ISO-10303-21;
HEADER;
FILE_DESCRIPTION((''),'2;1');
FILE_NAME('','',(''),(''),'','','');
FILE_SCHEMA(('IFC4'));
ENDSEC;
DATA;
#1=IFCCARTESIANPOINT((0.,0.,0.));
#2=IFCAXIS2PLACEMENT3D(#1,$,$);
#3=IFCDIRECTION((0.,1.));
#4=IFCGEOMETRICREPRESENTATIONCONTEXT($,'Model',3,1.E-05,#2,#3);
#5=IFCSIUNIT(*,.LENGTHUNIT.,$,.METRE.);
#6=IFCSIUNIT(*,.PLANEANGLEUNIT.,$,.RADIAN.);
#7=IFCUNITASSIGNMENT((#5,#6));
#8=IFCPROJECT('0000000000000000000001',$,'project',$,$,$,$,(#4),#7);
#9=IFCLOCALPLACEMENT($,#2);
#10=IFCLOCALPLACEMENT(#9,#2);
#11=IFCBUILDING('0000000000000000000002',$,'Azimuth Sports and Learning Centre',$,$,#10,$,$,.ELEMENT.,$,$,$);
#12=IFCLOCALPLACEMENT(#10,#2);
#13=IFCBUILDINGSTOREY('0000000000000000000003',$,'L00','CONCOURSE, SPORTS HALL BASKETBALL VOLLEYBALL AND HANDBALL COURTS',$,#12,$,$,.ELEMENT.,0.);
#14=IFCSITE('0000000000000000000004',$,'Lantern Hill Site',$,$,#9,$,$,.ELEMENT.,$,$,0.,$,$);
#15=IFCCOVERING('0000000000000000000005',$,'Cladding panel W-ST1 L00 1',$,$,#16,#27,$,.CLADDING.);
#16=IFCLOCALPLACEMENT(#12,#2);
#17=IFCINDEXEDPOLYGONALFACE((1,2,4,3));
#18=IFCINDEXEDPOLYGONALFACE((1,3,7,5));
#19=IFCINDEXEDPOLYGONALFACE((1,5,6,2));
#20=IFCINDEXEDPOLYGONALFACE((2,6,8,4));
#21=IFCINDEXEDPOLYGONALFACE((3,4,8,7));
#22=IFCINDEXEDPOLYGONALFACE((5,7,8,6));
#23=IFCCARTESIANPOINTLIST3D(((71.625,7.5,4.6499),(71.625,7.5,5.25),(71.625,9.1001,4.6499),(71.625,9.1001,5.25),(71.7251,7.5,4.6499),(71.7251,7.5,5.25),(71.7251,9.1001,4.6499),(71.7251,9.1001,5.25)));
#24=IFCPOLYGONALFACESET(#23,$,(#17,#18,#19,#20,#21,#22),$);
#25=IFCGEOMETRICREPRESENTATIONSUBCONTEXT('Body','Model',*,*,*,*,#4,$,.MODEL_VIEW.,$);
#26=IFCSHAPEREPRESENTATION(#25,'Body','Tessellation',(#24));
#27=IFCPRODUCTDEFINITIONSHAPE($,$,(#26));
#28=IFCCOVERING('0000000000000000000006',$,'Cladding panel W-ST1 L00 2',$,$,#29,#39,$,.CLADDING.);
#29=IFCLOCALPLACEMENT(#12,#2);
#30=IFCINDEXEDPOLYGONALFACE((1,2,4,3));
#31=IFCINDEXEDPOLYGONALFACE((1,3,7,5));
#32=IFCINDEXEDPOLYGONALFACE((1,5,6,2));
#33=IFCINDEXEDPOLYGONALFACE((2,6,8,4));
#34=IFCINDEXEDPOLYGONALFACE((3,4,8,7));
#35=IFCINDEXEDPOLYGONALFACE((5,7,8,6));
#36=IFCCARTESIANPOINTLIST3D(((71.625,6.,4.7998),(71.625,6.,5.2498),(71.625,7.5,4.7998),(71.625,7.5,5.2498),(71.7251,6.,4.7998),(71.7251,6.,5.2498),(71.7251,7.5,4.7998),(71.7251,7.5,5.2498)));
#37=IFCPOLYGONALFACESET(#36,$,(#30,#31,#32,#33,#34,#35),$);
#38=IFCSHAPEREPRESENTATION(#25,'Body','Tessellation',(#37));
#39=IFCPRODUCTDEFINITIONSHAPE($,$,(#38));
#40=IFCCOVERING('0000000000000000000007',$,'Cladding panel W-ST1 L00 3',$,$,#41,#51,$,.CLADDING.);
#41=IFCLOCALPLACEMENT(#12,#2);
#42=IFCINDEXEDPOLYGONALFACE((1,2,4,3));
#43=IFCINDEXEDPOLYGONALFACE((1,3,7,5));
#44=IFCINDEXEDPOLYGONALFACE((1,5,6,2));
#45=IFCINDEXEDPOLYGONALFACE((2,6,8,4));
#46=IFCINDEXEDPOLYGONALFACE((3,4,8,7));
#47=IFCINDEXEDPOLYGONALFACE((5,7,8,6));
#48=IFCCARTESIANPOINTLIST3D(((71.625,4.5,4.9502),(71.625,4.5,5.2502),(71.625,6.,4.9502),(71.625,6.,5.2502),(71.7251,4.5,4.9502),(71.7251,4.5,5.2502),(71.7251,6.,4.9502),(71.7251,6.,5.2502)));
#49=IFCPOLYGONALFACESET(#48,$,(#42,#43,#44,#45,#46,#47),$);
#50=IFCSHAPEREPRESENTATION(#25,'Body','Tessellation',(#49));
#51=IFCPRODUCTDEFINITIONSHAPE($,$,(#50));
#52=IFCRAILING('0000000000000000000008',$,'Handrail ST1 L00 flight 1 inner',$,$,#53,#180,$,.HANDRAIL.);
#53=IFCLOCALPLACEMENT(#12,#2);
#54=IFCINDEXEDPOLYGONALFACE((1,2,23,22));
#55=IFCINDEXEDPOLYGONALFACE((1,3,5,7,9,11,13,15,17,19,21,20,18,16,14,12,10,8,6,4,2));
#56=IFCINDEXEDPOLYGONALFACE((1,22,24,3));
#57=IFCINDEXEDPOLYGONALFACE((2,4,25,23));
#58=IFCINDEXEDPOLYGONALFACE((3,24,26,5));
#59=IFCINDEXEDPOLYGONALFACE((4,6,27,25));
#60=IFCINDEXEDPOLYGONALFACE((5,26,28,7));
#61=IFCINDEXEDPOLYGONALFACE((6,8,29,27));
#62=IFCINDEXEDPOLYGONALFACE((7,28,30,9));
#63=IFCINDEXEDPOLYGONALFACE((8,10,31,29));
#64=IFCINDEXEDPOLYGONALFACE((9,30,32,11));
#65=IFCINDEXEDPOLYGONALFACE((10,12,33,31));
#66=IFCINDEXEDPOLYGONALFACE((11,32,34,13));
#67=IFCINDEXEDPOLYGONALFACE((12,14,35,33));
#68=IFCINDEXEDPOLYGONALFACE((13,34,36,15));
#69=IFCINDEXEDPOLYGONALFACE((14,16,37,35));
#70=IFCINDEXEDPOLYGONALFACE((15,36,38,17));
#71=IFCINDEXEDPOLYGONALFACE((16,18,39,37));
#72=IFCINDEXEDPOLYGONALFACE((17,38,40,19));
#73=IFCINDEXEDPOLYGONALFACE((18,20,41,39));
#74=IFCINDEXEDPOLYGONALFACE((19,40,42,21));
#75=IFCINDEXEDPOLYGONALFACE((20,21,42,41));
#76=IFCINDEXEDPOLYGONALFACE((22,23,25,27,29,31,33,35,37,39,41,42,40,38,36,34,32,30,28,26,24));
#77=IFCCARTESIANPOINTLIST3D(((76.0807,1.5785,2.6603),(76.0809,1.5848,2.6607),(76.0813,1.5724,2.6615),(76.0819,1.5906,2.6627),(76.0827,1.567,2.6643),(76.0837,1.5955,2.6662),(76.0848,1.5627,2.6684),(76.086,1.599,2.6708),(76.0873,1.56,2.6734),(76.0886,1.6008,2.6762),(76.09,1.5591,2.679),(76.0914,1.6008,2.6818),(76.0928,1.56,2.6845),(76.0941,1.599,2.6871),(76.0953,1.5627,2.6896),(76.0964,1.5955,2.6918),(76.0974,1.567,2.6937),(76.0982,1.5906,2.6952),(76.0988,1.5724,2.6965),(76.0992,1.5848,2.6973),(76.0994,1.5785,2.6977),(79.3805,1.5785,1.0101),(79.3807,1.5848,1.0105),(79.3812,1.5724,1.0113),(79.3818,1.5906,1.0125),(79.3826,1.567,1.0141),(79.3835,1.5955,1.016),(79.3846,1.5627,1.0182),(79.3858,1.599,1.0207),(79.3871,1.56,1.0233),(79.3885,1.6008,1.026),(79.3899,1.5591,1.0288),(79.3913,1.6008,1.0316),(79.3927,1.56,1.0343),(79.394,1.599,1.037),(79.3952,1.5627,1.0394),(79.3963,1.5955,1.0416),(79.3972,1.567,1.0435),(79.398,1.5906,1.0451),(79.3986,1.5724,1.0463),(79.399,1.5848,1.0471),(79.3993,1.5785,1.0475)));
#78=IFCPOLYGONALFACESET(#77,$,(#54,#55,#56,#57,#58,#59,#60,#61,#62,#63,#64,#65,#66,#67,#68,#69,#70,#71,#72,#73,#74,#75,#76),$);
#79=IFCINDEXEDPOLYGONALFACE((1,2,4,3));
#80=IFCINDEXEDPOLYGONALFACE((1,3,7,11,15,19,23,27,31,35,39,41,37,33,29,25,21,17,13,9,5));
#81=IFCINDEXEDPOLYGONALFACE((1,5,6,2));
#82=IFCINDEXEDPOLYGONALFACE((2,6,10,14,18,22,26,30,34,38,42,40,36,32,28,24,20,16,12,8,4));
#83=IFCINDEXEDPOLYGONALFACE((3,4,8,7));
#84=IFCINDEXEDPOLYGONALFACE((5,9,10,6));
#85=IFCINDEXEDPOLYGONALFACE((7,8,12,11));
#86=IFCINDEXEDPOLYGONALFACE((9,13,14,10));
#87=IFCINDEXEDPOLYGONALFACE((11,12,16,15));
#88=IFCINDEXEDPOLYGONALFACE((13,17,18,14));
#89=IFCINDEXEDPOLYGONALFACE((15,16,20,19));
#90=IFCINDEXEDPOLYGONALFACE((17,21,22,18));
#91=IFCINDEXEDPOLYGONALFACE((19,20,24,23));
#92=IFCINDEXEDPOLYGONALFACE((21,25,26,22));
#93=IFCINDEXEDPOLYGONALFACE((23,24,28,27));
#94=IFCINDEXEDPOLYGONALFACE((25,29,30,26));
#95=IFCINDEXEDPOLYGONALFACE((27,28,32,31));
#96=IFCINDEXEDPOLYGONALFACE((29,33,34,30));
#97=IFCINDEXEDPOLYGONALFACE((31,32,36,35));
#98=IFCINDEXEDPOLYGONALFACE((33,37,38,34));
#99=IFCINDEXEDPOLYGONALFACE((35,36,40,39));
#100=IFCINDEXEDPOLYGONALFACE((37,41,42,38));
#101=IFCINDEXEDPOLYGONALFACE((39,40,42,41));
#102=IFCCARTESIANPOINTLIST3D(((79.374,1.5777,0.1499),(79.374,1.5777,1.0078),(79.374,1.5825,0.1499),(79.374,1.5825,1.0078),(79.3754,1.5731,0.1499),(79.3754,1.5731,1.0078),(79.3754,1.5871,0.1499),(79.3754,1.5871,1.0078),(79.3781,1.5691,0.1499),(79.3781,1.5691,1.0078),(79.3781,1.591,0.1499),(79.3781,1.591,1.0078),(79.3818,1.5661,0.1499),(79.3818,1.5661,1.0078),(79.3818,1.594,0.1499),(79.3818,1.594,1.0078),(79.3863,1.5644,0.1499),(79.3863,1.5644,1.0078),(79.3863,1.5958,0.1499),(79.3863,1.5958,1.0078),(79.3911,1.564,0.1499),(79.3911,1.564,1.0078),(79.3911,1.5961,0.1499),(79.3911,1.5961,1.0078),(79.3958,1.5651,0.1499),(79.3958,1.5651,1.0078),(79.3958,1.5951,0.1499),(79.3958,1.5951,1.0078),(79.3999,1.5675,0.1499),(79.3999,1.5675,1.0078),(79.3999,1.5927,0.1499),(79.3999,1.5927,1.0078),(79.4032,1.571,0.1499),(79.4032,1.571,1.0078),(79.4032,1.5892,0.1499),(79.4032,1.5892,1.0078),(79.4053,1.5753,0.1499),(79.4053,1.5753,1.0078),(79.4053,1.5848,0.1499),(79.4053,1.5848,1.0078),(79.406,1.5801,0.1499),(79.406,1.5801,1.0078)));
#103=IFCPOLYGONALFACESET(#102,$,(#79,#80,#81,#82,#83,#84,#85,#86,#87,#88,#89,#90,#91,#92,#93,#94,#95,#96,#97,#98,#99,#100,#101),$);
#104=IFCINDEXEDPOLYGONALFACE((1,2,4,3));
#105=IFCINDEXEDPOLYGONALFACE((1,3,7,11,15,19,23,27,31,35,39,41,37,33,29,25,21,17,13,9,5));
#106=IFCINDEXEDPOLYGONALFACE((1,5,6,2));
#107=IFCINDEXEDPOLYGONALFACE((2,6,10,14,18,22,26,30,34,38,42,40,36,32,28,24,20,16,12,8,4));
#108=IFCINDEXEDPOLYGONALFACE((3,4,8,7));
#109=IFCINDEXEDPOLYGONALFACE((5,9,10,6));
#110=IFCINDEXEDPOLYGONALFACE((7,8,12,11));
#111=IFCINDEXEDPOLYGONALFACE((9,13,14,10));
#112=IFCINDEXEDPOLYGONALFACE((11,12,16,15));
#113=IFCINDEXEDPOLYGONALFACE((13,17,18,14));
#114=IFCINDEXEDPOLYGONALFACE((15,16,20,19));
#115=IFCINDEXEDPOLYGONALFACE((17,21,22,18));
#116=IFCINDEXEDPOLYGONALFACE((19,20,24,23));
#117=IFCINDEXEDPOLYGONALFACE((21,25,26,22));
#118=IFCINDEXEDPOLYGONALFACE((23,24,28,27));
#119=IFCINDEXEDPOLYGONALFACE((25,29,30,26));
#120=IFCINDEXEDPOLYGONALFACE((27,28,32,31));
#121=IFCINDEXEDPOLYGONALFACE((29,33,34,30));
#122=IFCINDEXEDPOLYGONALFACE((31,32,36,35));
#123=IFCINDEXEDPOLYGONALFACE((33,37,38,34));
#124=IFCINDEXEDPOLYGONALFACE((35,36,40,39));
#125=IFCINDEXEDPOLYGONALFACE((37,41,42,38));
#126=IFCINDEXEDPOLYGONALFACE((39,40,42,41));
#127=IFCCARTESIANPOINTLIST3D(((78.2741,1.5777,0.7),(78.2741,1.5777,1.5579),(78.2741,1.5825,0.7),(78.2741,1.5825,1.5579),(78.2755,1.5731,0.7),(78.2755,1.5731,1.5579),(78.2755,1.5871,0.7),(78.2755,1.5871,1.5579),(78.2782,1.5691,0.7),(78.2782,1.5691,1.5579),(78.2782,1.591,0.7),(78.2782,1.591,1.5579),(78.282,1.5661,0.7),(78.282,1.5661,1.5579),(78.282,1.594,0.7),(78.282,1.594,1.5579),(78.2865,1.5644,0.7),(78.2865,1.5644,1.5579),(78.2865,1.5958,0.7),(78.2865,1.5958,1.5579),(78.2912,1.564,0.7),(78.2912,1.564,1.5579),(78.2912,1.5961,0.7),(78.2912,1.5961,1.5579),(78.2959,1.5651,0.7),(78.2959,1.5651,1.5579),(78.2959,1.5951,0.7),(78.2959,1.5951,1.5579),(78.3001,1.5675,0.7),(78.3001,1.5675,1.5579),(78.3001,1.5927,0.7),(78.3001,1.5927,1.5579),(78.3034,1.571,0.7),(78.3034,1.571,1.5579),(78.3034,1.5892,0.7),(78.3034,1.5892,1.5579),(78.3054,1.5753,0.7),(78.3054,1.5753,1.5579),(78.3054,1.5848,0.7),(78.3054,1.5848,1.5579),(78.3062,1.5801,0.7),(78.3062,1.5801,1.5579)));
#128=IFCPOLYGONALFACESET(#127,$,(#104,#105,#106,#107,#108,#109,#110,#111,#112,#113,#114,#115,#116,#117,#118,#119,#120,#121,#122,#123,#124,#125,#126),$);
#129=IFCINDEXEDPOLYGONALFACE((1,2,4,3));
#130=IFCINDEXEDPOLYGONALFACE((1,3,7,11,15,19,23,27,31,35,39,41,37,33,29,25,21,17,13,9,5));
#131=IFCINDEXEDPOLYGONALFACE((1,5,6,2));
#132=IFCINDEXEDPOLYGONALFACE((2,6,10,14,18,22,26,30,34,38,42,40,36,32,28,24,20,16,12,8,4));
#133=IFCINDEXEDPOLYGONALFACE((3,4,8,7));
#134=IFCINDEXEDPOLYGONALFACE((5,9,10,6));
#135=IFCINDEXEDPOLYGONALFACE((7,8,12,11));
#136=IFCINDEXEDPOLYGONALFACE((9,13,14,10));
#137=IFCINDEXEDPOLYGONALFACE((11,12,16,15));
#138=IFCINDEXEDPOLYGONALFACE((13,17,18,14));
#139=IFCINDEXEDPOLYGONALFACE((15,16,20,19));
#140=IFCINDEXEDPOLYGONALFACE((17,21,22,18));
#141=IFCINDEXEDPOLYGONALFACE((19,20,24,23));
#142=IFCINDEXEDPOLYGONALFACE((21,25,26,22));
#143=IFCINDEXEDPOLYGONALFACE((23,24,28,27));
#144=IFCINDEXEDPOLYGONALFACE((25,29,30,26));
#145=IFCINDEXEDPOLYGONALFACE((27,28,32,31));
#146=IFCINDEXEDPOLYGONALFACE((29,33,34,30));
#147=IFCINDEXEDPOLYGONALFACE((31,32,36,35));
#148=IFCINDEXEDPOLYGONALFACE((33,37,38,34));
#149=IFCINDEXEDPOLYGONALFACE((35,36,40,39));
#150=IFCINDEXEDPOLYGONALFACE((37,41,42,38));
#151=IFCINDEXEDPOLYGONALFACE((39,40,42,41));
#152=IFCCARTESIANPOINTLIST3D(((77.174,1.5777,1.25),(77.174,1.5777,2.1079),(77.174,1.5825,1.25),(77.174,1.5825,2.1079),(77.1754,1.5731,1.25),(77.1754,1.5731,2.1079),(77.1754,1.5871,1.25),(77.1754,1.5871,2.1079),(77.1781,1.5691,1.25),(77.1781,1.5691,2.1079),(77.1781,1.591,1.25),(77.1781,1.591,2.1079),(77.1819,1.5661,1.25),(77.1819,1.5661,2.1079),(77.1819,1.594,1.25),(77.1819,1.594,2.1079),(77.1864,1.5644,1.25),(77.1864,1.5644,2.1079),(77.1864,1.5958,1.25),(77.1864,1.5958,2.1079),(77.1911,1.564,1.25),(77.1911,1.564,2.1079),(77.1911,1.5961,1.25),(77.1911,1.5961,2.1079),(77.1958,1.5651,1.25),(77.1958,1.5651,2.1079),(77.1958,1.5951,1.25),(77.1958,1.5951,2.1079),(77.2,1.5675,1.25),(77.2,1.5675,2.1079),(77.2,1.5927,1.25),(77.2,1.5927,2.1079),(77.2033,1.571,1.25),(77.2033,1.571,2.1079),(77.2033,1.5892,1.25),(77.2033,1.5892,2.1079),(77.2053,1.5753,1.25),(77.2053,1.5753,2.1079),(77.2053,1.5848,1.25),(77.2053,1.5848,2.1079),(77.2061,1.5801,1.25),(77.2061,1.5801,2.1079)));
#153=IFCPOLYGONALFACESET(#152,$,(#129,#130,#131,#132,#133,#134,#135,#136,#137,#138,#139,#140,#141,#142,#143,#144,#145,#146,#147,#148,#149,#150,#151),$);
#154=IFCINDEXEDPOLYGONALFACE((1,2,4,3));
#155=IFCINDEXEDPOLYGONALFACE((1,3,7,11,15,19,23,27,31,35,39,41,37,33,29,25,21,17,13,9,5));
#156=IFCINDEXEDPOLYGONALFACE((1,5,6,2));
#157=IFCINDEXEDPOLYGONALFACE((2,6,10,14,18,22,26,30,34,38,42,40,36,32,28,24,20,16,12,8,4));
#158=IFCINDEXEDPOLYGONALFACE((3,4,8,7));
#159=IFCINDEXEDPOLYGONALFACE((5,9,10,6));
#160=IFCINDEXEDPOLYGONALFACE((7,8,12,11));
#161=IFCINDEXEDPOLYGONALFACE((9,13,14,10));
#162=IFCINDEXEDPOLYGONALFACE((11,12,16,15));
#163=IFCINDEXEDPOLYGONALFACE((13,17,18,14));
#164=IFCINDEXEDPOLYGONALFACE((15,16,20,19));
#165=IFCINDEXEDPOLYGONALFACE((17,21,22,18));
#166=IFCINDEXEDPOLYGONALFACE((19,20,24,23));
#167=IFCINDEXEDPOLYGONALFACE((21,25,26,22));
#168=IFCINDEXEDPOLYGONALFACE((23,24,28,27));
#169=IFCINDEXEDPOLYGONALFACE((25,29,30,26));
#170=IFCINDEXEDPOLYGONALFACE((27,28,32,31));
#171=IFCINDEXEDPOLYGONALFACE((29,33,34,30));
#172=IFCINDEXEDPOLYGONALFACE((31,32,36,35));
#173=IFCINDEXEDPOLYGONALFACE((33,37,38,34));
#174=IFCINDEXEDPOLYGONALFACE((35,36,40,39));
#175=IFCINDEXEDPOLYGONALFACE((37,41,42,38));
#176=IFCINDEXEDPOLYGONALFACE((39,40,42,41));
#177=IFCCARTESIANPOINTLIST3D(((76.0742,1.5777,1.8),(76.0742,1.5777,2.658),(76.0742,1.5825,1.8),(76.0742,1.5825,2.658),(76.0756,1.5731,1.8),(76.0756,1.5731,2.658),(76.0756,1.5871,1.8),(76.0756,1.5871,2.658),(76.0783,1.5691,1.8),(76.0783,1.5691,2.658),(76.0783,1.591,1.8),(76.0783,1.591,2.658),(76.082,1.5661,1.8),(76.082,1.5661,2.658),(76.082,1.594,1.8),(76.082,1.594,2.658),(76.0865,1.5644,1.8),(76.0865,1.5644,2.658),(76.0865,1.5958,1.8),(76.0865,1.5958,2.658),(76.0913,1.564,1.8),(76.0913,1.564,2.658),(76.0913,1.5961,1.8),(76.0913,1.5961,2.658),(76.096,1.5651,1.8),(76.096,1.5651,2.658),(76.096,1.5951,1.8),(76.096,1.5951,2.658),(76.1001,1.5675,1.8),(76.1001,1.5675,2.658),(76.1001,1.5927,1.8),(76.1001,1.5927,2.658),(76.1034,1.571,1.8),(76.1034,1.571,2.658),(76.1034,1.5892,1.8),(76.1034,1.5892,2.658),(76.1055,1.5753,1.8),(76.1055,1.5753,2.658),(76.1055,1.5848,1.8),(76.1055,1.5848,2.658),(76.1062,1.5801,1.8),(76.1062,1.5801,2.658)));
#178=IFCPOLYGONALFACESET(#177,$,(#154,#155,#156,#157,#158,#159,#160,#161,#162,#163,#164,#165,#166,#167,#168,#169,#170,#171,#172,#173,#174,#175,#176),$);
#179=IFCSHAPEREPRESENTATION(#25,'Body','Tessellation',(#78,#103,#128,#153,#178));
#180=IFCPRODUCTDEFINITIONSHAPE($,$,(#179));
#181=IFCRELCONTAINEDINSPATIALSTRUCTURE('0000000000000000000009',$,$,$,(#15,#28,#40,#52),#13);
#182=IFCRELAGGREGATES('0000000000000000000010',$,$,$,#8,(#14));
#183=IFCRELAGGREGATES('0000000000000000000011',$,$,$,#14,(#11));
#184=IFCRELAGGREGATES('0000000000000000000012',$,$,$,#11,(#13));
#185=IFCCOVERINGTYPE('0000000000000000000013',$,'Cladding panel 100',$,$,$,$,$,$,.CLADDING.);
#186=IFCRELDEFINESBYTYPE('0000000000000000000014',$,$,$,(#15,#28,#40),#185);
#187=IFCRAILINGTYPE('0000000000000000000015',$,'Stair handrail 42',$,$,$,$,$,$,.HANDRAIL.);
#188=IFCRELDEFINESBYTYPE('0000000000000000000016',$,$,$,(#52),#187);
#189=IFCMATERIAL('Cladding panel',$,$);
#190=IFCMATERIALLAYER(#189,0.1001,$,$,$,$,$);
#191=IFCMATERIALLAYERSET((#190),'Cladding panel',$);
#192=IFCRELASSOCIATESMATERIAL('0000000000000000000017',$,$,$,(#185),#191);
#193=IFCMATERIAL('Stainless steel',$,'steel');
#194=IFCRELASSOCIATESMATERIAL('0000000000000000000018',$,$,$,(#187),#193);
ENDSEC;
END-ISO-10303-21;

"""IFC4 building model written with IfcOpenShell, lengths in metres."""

from ifc_helpers import new_model, si_unit, direction, frame, origin, origin_2d, place, context, subcontext, project, spatial, rectangle, circle, extrude, material, layer, layer_set, type_object, element, save


model = new_model("IFC4")

# Units and contexts
model_context = context("Model", 3, precision=1e-05, world=origin(), true_north=direction((0.0, 1.0)))
body_context = subcontext(model_context, "Body", "Model", "MODEL_VIEW")
ifc_project = project(units=[si_unit("LENGTHUNIT", "METRE"), si_unit("PLANEANGLEUNIT", "RADIAN")], contexts=[model_context])

# Site, building, storey
site_placement = place(None, origin())
site = spatial("IfcSite", under=ifc_project, at=site_placement, Name="Lantern Hill Site", CompositionType="ELEMENT", RefElevation=0.0)
building_placement = place(site_placement, origin())
building = spatial("IfcBuilding", under=site, at=building_placement, Name="Azimuth Sports and Learning Centre", CompositionType="ELEMENT")
storey_placement = place(building_placement, origin())
storey = spatial("IfcBuildingStorey", under=building, at=storey_placement, Name="L00", Description="CONCOURSE, SPORTS HALL BASKETBALL VOLLEYBALL AND HANDBALL COURTS", CompositionType="ELEMENT", Elevation=0.0)

# Coverings
ifc_material_1 = material(Name="Cladding panel")
ifc_layer_1 = layer(ifc_material_1, 0.1001)
ifc_layer_set_1 = layer_set([ifc_layer_1], Name="Cladding panel")
covering_type = type_object("IfcCoveringType", Name="Cladding panel 100", PredefinedType="CLADDING", material=ifc_layer_set_1)
covering_1_placement = place(storey_placement, frame((71.675, 8.3, 4.6499), z_axis=(0.0, 0.0, 1.0), x_axis=(0.0, -1.0, 0.0)))
element("IfcCovering", 1, at=covering_1_placement, inside=storey, type_object=covering_type, Name="Cladding panel W-ST1 L00 1", PredefinedType="CLADDING", context=body_context, shape_type="SweptSolid", body=[
    extrude(rectangle(XDim=1.6001, YDim=0.1001, at=origin_2d()), origin(), (0.0, 0.0, 1.0), 0.6001),
])
covering_2_placement = place(storey_placement, frame((71.675, 6.75, 4.7998), z_axis=(0.0, 0.0, 1.0), x_axis=(0.0, -1.0, 0.0)))
element("IfcCovering", 2, at=covering_2_placement, inside=storey, type_object=covering_type, Name="Cladding panel W-ST1 L00 2", PredefinedType="CLADDING", context=body_context, shape_type="SweptSolid", body=[
    extrude(rectangle(XDim=1.5, YDim=0.1001, at=origin_2d()), origin(), (0.0, 0.0, 1.0), 0.45),
])
covering_3_placement = place(storey_placement, frame((71.675, 5.25, 4.9502), z_axis=(0.0, 0.0, 1.0), x_axis=(0.0, -1.0, 0.0)))
element("IfcCovering", 3, at=covering_3_placement, inside=storey, type_object=covering_type, Name="Cladding panel W-ST1 L00 3", PredefinedType="CLADDING", context=body_context, shape_type="SweptSolid", body=[
    extrude(rectangle(XDim=1.5, YDim=0.1001, at=origin_2d()), origin(), (0.0, 0.0, 1.0), 0.3),
])

# Railing
ifc_material_2 = material(Name="Stainless steel", Category="steel")
railing_type_1 = type_object("IfcRailingType", Name="Stair handrail 42", PredefinedType="HANDRAIL", material=ifc_material_2)
for number, where, name in (
    (4, (79.3899, 1.5801, 0.1499), "Handrail ST1 L00 flight 1 inner"),
):
    element("IfcRailing", number, at=place(storey_placement, frame(where)), inside=storey, type_object=railing_type_1, Name=name, PredefinedType="HANDRAIL", context=body_context, shape_type="SweptSolid", body=[
        extrude(circle(Radius=0.021, at=origin_2d()), frame((0.0, 0.0, 0.8789), z_axis=(-0.894401, 0.0, 0.447267), x_axis=(0.0, -1.0, 0.0)), (0.0, 0.0, 1.0), 3.6895),
        extrude(circle(Radius=0.0161, at=origin_2d()), origin(), (0.0, 0.0, 1.0), 0.8579),
        extrude(circle(Radius=0.0161, at=origin_2d()), frame((-1.0999, 0.0, 0.55)), (0.0, 0.0, 1.0), 0.8579),
        extrude(circle(Radius=0.0161, at=origin_2d()), frame((-2.2, 0.0, 1.1001)), (0.0, 0.0, 1.0), 0.8579),
        extrude(circle(Radius=0.0161, at=origin_2d()), frame((-3.2998, 0.0, 1.6501)), (0.0, 0.0, 1.0), 0.8579),
    ])

save(model, "model.ifc")
